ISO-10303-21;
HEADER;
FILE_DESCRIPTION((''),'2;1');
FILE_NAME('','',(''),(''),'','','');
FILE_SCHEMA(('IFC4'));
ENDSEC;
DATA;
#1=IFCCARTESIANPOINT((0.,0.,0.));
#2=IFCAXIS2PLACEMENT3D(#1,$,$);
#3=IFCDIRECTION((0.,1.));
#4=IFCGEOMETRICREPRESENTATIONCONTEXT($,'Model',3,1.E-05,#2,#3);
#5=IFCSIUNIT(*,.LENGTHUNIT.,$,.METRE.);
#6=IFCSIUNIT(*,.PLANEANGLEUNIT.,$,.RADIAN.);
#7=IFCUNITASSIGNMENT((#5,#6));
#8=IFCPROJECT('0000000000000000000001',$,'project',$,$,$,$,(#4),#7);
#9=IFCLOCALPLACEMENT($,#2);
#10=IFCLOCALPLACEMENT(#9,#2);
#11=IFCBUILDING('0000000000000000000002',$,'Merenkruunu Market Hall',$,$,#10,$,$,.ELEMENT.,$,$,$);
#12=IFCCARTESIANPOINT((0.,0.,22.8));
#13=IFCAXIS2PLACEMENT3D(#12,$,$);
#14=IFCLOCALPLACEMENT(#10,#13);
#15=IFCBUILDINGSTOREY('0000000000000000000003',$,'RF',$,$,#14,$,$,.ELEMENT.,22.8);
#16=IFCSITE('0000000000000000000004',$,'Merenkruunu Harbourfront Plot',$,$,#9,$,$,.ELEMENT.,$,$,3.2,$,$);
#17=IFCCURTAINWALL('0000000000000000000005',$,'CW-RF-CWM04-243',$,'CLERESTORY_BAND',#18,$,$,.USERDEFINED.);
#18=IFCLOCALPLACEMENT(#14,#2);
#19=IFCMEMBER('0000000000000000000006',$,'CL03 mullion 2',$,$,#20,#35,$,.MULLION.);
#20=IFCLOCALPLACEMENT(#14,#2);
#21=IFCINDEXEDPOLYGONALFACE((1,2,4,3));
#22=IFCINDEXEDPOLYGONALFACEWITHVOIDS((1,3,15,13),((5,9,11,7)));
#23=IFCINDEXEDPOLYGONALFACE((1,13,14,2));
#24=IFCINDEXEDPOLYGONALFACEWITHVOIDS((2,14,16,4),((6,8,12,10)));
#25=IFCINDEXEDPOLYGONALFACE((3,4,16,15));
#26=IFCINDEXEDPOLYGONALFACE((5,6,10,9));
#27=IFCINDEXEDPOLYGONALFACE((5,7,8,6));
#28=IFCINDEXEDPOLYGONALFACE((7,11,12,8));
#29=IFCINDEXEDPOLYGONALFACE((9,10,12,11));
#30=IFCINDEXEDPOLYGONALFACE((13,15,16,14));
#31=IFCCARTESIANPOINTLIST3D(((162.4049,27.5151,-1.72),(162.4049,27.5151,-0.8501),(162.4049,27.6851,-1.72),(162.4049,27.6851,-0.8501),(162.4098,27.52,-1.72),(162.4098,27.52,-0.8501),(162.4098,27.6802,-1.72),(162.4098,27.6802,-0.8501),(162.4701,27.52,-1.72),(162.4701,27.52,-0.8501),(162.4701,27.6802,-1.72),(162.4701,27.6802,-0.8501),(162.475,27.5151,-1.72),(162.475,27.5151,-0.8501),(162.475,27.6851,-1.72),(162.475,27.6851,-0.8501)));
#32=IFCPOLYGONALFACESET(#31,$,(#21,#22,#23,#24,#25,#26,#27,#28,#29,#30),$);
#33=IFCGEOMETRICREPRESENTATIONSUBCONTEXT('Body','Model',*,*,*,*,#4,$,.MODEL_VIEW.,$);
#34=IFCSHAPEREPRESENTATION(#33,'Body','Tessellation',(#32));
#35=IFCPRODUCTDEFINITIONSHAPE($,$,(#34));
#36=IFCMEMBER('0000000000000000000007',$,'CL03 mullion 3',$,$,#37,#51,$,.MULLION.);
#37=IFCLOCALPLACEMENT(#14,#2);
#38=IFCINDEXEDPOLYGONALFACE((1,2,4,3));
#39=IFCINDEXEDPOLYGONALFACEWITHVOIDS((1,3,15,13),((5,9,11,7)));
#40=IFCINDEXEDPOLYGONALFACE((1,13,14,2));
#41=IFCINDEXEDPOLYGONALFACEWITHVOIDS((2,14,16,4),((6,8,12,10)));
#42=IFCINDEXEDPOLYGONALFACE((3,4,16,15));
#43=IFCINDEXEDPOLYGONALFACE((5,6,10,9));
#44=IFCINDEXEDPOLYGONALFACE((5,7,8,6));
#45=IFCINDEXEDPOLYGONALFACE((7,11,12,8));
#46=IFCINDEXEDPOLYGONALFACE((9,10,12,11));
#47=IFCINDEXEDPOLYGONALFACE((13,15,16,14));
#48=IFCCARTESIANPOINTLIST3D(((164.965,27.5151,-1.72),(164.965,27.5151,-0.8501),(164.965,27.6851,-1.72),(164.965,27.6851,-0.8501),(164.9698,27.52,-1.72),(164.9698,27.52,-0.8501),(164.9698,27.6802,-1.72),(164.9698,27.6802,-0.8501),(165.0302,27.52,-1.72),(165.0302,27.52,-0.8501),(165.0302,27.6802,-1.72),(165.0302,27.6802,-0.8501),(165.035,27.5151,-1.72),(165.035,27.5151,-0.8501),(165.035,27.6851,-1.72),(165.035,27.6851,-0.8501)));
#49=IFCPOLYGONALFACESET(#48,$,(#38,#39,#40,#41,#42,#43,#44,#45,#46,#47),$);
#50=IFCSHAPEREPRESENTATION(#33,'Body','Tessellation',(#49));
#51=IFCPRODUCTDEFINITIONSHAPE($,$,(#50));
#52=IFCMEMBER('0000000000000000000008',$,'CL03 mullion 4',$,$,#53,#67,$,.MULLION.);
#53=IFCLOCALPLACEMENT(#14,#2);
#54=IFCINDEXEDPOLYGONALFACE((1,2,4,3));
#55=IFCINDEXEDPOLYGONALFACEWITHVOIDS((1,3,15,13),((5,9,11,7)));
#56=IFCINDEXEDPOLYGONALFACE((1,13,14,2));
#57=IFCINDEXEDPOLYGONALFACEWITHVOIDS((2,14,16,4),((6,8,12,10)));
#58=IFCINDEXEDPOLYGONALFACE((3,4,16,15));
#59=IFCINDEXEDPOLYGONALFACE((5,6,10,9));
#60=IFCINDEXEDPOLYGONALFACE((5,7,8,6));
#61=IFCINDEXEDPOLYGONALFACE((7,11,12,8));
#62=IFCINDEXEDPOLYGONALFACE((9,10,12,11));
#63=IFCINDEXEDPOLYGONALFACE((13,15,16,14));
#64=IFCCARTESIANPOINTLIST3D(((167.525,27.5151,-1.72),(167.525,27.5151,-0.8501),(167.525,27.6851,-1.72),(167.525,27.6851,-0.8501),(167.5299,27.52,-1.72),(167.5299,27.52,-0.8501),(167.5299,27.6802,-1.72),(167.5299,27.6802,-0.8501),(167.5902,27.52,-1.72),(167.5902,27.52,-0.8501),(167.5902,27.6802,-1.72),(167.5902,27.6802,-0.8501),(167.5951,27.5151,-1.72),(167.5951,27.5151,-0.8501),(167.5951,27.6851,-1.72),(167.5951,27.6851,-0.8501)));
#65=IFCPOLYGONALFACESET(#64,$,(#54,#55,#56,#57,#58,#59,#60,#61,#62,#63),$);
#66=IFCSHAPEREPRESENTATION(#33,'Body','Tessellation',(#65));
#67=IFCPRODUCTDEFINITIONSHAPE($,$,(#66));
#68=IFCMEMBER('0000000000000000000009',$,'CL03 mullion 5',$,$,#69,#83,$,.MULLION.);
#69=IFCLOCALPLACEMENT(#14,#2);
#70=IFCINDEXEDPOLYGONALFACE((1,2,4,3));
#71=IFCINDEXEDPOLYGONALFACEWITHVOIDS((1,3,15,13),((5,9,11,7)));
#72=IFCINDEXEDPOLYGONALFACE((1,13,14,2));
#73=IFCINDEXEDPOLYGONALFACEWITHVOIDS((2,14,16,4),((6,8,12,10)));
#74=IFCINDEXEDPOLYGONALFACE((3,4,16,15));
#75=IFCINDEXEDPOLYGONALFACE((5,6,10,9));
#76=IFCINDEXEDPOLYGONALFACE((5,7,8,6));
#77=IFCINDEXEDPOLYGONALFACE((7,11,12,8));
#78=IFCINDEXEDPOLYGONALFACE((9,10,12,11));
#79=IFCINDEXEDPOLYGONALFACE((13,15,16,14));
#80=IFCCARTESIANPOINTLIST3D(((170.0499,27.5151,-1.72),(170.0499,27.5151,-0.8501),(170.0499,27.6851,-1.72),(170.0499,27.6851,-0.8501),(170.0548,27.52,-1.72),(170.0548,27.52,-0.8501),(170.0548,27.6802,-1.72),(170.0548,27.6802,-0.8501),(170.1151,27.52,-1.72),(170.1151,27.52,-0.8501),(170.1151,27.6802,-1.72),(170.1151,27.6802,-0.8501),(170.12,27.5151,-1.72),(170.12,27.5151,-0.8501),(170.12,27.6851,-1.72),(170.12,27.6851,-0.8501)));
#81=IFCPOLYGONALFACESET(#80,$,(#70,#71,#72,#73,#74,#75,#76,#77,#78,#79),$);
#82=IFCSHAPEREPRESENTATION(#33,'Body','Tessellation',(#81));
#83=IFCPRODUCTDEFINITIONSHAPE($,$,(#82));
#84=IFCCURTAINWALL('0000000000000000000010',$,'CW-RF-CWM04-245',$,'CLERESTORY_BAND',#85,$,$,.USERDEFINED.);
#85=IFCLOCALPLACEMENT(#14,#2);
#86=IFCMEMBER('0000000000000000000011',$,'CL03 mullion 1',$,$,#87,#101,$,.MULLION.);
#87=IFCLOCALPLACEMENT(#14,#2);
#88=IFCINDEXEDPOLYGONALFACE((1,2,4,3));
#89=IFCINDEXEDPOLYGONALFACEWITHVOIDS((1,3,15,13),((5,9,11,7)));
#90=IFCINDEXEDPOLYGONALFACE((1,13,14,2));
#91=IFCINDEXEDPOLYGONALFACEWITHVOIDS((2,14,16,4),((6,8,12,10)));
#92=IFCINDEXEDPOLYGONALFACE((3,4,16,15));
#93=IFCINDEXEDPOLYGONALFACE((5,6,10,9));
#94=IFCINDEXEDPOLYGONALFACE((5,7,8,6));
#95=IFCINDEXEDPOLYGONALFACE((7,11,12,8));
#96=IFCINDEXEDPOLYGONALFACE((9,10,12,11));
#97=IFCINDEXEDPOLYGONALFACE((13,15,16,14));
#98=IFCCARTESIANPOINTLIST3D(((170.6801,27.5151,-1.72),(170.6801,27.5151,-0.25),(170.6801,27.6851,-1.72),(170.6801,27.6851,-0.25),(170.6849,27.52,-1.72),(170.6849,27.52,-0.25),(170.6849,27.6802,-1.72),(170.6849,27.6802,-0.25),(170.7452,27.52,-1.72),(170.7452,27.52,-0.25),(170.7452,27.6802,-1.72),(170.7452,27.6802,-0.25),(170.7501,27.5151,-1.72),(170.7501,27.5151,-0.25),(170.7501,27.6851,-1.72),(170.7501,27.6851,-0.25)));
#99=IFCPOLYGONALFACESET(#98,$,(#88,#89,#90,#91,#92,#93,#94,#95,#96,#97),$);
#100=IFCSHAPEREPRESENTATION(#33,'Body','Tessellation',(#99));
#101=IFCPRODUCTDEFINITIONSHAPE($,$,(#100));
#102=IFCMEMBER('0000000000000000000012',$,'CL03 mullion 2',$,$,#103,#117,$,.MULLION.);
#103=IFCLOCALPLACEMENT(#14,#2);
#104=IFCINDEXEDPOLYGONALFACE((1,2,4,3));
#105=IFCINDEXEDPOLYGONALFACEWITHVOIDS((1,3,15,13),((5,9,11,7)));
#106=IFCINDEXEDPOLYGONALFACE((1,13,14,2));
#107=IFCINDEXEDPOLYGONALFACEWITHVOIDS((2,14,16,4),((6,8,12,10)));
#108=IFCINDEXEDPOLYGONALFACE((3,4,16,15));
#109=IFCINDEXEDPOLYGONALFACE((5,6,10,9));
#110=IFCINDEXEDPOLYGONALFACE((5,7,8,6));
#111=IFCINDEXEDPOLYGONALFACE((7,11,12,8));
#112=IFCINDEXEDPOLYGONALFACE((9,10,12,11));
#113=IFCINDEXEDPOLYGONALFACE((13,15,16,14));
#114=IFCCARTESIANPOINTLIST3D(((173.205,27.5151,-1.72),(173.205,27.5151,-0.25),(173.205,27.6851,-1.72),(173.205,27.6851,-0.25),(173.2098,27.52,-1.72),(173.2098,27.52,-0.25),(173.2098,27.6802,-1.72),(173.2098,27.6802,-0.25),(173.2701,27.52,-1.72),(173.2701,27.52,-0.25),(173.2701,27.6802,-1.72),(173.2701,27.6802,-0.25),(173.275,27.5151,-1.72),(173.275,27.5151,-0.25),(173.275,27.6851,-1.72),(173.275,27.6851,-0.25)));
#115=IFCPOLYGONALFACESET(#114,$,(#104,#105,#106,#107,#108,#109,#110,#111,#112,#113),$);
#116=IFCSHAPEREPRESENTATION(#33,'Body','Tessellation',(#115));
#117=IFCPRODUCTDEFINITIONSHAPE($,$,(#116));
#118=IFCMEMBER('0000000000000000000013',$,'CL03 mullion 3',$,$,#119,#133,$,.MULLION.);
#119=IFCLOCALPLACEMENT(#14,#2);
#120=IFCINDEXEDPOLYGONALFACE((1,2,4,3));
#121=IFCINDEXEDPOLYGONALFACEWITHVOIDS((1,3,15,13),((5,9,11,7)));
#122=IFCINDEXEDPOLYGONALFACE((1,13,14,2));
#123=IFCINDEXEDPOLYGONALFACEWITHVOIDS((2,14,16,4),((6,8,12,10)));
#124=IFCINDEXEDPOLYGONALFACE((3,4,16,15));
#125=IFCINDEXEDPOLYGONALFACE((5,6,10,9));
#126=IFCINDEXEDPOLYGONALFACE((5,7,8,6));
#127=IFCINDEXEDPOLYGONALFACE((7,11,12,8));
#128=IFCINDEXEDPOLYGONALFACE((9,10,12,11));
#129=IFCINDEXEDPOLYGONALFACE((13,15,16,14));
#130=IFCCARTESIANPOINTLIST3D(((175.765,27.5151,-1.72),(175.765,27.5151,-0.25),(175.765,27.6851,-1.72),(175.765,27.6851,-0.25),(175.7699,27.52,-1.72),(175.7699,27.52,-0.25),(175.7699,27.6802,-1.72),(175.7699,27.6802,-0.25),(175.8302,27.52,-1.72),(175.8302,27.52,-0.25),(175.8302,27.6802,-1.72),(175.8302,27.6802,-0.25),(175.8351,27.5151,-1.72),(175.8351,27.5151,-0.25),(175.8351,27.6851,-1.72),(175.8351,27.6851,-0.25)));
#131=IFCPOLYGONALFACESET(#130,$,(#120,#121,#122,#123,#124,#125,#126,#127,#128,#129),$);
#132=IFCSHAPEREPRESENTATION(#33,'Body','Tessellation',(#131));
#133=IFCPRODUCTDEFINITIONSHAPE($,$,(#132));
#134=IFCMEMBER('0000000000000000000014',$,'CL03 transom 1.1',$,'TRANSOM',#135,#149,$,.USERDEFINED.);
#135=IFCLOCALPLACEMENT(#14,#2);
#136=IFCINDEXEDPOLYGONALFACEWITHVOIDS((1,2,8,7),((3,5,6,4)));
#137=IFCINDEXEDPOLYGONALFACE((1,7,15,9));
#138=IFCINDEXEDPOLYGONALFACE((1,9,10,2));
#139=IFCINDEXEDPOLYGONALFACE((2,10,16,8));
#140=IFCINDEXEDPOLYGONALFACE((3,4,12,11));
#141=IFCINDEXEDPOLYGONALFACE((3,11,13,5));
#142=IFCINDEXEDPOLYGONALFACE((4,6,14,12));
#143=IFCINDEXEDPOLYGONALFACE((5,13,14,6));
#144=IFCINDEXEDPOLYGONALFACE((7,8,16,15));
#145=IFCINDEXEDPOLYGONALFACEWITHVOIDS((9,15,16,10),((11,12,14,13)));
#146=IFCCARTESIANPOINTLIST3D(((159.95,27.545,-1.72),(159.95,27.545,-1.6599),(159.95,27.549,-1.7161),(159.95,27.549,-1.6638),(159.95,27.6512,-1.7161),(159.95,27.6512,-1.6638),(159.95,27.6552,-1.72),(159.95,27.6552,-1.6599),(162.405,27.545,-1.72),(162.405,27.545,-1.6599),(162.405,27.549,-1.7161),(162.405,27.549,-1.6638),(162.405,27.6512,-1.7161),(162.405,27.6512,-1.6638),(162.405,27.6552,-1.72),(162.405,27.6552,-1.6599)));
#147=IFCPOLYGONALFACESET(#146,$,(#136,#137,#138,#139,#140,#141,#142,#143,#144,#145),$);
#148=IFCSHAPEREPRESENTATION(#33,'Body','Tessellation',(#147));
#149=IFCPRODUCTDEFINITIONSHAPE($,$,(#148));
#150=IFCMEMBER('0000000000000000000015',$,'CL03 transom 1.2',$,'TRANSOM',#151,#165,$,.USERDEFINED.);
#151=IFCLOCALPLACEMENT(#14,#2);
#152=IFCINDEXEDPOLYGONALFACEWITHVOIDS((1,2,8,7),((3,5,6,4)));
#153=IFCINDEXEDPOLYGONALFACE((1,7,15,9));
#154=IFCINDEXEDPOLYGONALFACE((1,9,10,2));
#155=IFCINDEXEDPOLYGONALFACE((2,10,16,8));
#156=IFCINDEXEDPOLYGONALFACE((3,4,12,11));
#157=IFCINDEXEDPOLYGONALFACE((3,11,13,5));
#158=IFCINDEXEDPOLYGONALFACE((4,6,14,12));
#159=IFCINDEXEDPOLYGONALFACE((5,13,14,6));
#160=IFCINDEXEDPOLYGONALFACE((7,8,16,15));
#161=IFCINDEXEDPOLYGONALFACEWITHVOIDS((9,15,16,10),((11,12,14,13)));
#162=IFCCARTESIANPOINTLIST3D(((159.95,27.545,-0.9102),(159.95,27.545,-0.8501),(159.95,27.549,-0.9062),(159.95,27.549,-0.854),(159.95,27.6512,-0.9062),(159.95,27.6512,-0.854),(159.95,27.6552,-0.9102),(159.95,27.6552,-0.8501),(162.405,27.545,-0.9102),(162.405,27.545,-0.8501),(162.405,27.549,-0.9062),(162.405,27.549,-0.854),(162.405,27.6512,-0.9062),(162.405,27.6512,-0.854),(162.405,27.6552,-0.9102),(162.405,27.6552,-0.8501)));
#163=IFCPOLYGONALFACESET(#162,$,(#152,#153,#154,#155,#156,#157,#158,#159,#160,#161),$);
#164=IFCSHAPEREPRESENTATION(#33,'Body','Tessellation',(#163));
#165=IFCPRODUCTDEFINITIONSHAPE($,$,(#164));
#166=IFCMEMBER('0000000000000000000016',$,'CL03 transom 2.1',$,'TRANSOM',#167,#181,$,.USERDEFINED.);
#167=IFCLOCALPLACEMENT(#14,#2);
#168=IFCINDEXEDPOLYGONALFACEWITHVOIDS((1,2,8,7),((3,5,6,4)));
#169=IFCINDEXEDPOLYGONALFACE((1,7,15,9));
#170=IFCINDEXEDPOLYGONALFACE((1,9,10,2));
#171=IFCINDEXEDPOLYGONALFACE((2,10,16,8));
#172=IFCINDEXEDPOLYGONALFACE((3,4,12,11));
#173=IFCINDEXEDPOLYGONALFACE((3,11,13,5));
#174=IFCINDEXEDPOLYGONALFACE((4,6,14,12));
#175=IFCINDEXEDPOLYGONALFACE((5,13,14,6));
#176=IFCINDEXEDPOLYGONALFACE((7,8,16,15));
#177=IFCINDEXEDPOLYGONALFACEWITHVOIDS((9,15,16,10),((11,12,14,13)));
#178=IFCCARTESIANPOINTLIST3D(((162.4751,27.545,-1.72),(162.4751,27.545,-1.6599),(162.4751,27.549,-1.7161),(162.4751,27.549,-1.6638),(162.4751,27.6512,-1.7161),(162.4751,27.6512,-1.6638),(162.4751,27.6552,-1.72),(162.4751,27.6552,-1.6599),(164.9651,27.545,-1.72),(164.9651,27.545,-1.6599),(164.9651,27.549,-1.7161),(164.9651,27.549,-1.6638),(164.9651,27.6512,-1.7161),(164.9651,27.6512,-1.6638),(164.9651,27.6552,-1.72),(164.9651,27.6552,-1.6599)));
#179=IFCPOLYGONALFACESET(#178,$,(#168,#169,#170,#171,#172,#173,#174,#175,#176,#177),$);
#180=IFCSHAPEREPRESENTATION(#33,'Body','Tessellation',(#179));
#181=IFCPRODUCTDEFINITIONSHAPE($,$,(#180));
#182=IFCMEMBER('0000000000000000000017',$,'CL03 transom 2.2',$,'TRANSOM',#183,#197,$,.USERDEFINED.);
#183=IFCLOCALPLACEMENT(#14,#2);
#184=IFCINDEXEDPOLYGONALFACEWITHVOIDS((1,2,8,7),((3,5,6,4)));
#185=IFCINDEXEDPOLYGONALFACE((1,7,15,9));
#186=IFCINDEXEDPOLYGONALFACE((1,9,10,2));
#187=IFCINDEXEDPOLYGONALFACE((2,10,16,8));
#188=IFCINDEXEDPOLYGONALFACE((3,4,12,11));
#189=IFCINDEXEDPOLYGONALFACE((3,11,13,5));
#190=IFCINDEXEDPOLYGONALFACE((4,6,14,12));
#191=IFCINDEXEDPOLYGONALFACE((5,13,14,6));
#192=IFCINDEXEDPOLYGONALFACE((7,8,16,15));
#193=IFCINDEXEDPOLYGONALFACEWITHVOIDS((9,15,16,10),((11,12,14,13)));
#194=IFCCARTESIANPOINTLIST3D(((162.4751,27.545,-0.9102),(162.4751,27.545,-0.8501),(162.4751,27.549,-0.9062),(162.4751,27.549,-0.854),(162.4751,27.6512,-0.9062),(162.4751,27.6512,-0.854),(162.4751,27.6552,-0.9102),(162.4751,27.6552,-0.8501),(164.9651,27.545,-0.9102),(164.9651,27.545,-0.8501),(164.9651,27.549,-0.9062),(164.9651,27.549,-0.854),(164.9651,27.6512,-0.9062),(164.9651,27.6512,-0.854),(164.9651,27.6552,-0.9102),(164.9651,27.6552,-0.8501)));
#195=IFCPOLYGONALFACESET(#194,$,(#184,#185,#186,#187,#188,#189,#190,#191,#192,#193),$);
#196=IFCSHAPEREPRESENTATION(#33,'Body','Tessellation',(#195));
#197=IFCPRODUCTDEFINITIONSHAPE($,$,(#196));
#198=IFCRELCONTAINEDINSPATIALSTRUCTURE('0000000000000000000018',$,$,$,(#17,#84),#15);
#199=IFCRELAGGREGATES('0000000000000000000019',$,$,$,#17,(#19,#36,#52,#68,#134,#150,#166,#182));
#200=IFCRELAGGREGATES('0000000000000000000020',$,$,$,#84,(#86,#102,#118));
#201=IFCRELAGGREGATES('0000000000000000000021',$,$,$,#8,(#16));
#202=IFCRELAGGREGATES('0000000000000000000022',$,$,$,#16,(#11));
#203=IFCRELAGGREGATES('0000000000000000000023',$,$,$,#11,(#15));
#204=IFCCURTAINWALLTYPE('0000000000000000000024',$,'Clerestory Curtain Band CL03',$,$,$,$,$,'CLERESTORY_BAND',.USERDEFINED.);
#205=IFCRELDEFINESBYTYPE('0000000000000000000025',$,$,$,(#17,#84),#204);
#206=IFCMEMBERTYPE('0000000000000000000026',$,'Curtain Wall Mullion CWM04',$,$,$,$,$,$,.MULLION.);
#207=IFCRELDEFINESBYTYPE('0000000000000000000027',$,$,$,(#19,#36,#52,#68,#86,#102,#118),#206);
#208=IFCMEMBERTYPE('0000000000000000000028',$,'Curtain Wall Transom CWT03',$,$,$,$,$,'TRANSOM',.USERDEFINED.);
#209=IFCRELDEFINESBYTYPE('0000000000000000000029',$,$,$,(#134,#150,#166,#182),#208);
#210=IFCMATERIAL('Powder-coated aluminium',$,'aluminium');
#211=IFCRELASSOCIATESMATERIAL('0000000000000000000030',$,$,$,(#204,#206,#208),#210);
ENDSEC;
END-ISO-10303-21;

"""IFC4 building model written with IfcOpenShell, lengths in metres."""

from ifc_helpers import new_model, si_unit, direction, frame, origin, origin_2d, place, context, subcontext, project, spatial, hollow_rectangle, extrude, material, material_profile, profile_set, type_object, element, aggregate, save


model = new_model("IFC4")

# Units and contexts
model_context = context("Model", 3, precision=1e-05, world=origin(), true_north=direction((0.0, 1.0)))
body_context = subcontext(model_context, "Body", "Model", "MODEL_VIEW")
ifc_project = project(units=[si_unit("LENGTHUNIT", "METRE"), si_unit("PLANEANGLEUNIT", "RADIAN")], contexts=[model_context])

# Site, building, storey
site_placement = place(None, origin())
site = spatial("IfcSite", under=ifc_project, at=site_placement, Name="Merenkruunu Harbourfront Plot", CompositionType="ELEMENT", RefElevation=3.2)
building_placement = place(site_placement, origin())
building = spatial("IfcBuilding", under=site, at=building_placement, Name="Merenkruunu Market Hall", CompositionType="ELEMENT")
storey_placement = place(building_placement, frame((0.0, 0.0, 22.8)))
storey = spatial("IfcBuildingStorey", under=building, at=storey_placement, Name="RF", CompositionType="ELEMENT", Elevation=22.8)

# Curtain walls, members
ifc_material_1 = material(Name="Powder-coated aluminium", Category="aluminium")
curtain_wall_type = type_object("IfcCurtainWallType", Name="Clerestory Curtain Band CL03", ElementType="CLERESTORY_BAND", PredefinedType="USERDEFINED", material=ifc_material_1)
curtain_wall_1_placement = place(storey_placement, origin())
curtain_wall_1 = element("IfcCurtainWall", 1, at=curtain_wall_1_placement, inside=storey, type_object=curtain_wall_type, Name="CW-RF-CWM04-243", ObjectType="CLERESTORY_BAND", PredefinedType="USERDEFINED")
ifc_material_profile_1 = material_profile(ifc_material_1, hollow_rectangle(XDim=0.0701, YDim=0.1699, WallThickness=0.0049, at=origin_2d()), Name="ALU 70x170x5")
ifc_profile_set_1 = profile_set([ifc_material_profile_1], Name="Powder-coated aluminium")
member_type_1 = type_object("IfcMemberType", Name="Curtain Wall Mullion CWM04", PredefinedType="MULLION", material=ifc_profile_set_1)
member_1_placement = place(storey_placement, frame((162.4399, 27.6001, -1.72), z_axis=(0.0, 0.0, 1.0), x_axis=(1.0, 0.0, 0.0)))
member_1 = element("IfcMember", 2, at=member_1_placement, type_object=member_type_1, Name="CL03 mullion 2", PredefinedType="MULLION", context=body_context, shape_type="SweptSolid", body=[
    extrude(hollow_rectangle(XDim=0.0701, YDim=0.1699, WallThickness=0.0049, at=origin_2d()), origin(), (0.0, 0.0, 1.0), 0.8699),
])
member_2_placement = place(storey_placement, frame((165.0, 27.6001, -1.72), z_axis=(0.0, 0.0, 1.0), x_axis=(1.0, 0.0, 0.0)))
member_2 = element("IfcMember", 3, at=member_2_placement, type_object=member_type_1, Name="CL03 mullion 3", PredefinedType="MULLION", context=body_context, shape_type="SweptSolid", body=[
    extrude(hollow_rectangle(XDim=0.0701, YDim=0.1699, WallThickness=0.0049, at=origin_2d()), origin(), (0.0, 0.0, 1.0), 0.8699),
])
member_3_placement = place(storey_placement, frame((167.5601, 27.6001, -1.72), z_axis=(0.0, 0.0, 1.0), x_axis=(1.0, 0.0, 0.0)))
member_3 = element("IfcMember", 4, at=member_3_placement, type_object=member_type_1, Name="CL03 mullion 4", PredefinedType="MULLION", context=body_context, shape_type="SweptSolid", body=[
    extrude(hollow_rectangle(XDim=0.0701, YDim=0.1699, WallThickness=0.0049, at=origin_2d()), origin(), (0.0, 0.0, 1.0), 0.8699),
])
member_4_placement = place(storey_placement, frame((170.085, 27.6001, -1.72), z_axis=(0.0, 0.0, 1.0), x_axis=(1.0, 0.0, 0.0)))
member_4 = element("IfcMember", 5, at=member_4_placement, type_object=member_type_1, Name="CL03 mullion 5", PredefinedType="MULLION", context=body_context, shape_type="SweptSolid", body=[
    extrude(hollow_rectangle(XDim=0.0701, YDim=0.1699, WallThickness=0.0049, at=origin_2d()), origin(), (0.0, 0.0, 1.0), 0.8699),
])
curtain_wall_2_placement = place(storey_placement, origin())
curtain_wall_2 = element("IfcCurtainWall", 6, at=curtain_wall_2_placement, inside=storey, type_object=curtain_wall_type, Name="CW-RF-CWM04-245", ObjectType="CLERESTORY_BAND", PredefinedType="USERDEFINED")
member_5_placement = place(storey_placement, frame((170.7151, 27.6001, -1.72), z_axis=(0.0, 0.0, 1.0), x_axis=(1.0, 0.0, 0.0)))
member_5 = element("IfcMember", 7, at=member_5_placement, type_object=member_type_1, Name="CL03 mullion 1", PredefinedType="MULLION", context=body_context, shape_type="SweptSolid", body=[
    extrude(hollow_rectangle(XDim=0.0701, YDim=0.1699, WallThickness=0.0049, at=origin_2d()), origin(), (0.0, 0.0, 1.0), 1.47),
])
member_6_placement = place(storey_placement, frame((173.24, 27.6001, -1.72), z_axis=(0.0, 0.0, 1.0), x_axis=(1.0, 0.0, 0.0)))
member_6 = element("IfcMember", 8, at=member_6_placement, type_object=member_type_1, Name="CL03 mullion 2", PredefinedType="MULLION", context=body_context, shape_type="SweptSolid", body=[
    extrude(hollow_rectangle(XDim=0.0701, YDim=0.1699, WallThickness=0.0049, at=origin_2d()), origin(), (0.0, 0.0, 1.0), 1.47),
])
member_7_placement = place(storey_placement, frame((175.8, 27.6001, -1.72), z_axis=(0.0, 0.0, 1.0), x_axis=(1.0, 0.0, 0.0)))
member_7 = element("IfcMember", 9, at=member_7_placement, type_object=member_type_1, Name="CL03 mullion 3", PredefinedType="MULLION", context=body_context, shape_type="SweptSolid", body=[
    extrude(hollow_rectangle(XDim=0.0701, YDim=0.1699, WallThickness=0.0049, at=origin_2d()), origin(), (0.0, 0.0, 1.0), 1.47),
])

# Members
ifc_material_profile_2 = material_profile(ifc_material_1, hollow_rectangle(XDim=0.0601, YDim=0.1101, WallThickness=0.0039, at=origin_2d()), Name="ALU 60x110x4")
ifc_profile_set_2 = profile_set([ifc_material_profile_2], Name="Powder-coated aluminium")
member_type_2 = type_object("IfcMemberType", Name="Curtain Wall Transom CWT03", ElementType="TRANSOM", PredefinedType="USERDEFINED", material=ifc_profile_set_2)
member_8_placement = place(storey_placement, frame((159.95, 27.6001, -1.6899), z_axis=(1.0, 0.0, 0.0), x_axis=(0.0, 0.0, 1.0)))
member_8 = element("IfcMember", 10, at=member_8_placement, type_object=member_type_2, Name="CL03 transom 1.1", ObjectType="TRANSOM", PredefinedType="USERDEFINED", context=body_context, shape_type="SweptSolid", body=[
    extrude(hollow_rectangle(XDim=0.0601, YDim=0.1101, WallThickness=0.0039, at=origin_2d()), origin(), (0.0, 0.0, 1.0), 2.4551),
])
member_9_placement = place(storey_placement, frame((159.95, 27.6001, -0.8801), z_axis=(1.0, 0.0, 0.0), x_axis=(0.0, 0.0, 1.0)))
member_9 = element("IfcMember", 11, at=member_9_placement, type_object=member_type_2, Name="CL03 transom 1.2", ObjectType="TRANSOM", PredefinedType="USERDEFINED", context=body_context, shape_type="SweptSolid", body=[
    extrude(hollow_rectangle(XDim=0.0601, YDim=0.1101, WallThickness=0.0039, at=origin_2d()), origin(), (0.0, 0.0, 1.0), 2.4551),
])
member_10_placement = place(storey_placement, frame((162.4751, 27.6001, -1.6899), z_axis=(1.0, 0.0, 0.0), x_axis=(0.0, 0.0, 1.0)))
member_10 = element("IfcMember", 12, at=member_10_placement, type_object=member_type_2, Name="CL03 transom 2.1", ObjectType="TRANSOM", PredefinedType="USERDEFINED", context=body_context, shape_type="SweptSolid", body=[
    extrude(hollow_rectangle(XDim=0.0601, YDim=0.1101, WallThickness=0.0039, at=origin_2d()), origin(), (0.0, 0.0, 1.0), 2.49),
])
member_11_placement = place(storey_placement, frame((162.4751, 27.6001, -0.8801), z_axis=(1.0, 0.0, 0.0), x_axis=(0.0, 0.0, 1.0)))
member_11 = element("IfcMember", 13, at=member_11_placement, type_object=member_type_2, Name="CL03 transom 2.2", ObjectType="TRANSOM", PredefinedType="USERDEFINED", context=body_context, shape_type="SweptSolid", body=[
    extrude(hollow_rectangle(XDim=0.0601, YDim=0.1101, WallThickness=0.0039, at=origin_2d()), origin(), (0.0, 0.0, 1.0), 2.49),
])

aggregate(curtain_wall_1, [member_1, member_2, member_3, member_4, member_8, member_9, member_10, member_11])
aggregate(curtain_wall_2, [member_5, member_6, member_7])

save(model, "model.ifc")
